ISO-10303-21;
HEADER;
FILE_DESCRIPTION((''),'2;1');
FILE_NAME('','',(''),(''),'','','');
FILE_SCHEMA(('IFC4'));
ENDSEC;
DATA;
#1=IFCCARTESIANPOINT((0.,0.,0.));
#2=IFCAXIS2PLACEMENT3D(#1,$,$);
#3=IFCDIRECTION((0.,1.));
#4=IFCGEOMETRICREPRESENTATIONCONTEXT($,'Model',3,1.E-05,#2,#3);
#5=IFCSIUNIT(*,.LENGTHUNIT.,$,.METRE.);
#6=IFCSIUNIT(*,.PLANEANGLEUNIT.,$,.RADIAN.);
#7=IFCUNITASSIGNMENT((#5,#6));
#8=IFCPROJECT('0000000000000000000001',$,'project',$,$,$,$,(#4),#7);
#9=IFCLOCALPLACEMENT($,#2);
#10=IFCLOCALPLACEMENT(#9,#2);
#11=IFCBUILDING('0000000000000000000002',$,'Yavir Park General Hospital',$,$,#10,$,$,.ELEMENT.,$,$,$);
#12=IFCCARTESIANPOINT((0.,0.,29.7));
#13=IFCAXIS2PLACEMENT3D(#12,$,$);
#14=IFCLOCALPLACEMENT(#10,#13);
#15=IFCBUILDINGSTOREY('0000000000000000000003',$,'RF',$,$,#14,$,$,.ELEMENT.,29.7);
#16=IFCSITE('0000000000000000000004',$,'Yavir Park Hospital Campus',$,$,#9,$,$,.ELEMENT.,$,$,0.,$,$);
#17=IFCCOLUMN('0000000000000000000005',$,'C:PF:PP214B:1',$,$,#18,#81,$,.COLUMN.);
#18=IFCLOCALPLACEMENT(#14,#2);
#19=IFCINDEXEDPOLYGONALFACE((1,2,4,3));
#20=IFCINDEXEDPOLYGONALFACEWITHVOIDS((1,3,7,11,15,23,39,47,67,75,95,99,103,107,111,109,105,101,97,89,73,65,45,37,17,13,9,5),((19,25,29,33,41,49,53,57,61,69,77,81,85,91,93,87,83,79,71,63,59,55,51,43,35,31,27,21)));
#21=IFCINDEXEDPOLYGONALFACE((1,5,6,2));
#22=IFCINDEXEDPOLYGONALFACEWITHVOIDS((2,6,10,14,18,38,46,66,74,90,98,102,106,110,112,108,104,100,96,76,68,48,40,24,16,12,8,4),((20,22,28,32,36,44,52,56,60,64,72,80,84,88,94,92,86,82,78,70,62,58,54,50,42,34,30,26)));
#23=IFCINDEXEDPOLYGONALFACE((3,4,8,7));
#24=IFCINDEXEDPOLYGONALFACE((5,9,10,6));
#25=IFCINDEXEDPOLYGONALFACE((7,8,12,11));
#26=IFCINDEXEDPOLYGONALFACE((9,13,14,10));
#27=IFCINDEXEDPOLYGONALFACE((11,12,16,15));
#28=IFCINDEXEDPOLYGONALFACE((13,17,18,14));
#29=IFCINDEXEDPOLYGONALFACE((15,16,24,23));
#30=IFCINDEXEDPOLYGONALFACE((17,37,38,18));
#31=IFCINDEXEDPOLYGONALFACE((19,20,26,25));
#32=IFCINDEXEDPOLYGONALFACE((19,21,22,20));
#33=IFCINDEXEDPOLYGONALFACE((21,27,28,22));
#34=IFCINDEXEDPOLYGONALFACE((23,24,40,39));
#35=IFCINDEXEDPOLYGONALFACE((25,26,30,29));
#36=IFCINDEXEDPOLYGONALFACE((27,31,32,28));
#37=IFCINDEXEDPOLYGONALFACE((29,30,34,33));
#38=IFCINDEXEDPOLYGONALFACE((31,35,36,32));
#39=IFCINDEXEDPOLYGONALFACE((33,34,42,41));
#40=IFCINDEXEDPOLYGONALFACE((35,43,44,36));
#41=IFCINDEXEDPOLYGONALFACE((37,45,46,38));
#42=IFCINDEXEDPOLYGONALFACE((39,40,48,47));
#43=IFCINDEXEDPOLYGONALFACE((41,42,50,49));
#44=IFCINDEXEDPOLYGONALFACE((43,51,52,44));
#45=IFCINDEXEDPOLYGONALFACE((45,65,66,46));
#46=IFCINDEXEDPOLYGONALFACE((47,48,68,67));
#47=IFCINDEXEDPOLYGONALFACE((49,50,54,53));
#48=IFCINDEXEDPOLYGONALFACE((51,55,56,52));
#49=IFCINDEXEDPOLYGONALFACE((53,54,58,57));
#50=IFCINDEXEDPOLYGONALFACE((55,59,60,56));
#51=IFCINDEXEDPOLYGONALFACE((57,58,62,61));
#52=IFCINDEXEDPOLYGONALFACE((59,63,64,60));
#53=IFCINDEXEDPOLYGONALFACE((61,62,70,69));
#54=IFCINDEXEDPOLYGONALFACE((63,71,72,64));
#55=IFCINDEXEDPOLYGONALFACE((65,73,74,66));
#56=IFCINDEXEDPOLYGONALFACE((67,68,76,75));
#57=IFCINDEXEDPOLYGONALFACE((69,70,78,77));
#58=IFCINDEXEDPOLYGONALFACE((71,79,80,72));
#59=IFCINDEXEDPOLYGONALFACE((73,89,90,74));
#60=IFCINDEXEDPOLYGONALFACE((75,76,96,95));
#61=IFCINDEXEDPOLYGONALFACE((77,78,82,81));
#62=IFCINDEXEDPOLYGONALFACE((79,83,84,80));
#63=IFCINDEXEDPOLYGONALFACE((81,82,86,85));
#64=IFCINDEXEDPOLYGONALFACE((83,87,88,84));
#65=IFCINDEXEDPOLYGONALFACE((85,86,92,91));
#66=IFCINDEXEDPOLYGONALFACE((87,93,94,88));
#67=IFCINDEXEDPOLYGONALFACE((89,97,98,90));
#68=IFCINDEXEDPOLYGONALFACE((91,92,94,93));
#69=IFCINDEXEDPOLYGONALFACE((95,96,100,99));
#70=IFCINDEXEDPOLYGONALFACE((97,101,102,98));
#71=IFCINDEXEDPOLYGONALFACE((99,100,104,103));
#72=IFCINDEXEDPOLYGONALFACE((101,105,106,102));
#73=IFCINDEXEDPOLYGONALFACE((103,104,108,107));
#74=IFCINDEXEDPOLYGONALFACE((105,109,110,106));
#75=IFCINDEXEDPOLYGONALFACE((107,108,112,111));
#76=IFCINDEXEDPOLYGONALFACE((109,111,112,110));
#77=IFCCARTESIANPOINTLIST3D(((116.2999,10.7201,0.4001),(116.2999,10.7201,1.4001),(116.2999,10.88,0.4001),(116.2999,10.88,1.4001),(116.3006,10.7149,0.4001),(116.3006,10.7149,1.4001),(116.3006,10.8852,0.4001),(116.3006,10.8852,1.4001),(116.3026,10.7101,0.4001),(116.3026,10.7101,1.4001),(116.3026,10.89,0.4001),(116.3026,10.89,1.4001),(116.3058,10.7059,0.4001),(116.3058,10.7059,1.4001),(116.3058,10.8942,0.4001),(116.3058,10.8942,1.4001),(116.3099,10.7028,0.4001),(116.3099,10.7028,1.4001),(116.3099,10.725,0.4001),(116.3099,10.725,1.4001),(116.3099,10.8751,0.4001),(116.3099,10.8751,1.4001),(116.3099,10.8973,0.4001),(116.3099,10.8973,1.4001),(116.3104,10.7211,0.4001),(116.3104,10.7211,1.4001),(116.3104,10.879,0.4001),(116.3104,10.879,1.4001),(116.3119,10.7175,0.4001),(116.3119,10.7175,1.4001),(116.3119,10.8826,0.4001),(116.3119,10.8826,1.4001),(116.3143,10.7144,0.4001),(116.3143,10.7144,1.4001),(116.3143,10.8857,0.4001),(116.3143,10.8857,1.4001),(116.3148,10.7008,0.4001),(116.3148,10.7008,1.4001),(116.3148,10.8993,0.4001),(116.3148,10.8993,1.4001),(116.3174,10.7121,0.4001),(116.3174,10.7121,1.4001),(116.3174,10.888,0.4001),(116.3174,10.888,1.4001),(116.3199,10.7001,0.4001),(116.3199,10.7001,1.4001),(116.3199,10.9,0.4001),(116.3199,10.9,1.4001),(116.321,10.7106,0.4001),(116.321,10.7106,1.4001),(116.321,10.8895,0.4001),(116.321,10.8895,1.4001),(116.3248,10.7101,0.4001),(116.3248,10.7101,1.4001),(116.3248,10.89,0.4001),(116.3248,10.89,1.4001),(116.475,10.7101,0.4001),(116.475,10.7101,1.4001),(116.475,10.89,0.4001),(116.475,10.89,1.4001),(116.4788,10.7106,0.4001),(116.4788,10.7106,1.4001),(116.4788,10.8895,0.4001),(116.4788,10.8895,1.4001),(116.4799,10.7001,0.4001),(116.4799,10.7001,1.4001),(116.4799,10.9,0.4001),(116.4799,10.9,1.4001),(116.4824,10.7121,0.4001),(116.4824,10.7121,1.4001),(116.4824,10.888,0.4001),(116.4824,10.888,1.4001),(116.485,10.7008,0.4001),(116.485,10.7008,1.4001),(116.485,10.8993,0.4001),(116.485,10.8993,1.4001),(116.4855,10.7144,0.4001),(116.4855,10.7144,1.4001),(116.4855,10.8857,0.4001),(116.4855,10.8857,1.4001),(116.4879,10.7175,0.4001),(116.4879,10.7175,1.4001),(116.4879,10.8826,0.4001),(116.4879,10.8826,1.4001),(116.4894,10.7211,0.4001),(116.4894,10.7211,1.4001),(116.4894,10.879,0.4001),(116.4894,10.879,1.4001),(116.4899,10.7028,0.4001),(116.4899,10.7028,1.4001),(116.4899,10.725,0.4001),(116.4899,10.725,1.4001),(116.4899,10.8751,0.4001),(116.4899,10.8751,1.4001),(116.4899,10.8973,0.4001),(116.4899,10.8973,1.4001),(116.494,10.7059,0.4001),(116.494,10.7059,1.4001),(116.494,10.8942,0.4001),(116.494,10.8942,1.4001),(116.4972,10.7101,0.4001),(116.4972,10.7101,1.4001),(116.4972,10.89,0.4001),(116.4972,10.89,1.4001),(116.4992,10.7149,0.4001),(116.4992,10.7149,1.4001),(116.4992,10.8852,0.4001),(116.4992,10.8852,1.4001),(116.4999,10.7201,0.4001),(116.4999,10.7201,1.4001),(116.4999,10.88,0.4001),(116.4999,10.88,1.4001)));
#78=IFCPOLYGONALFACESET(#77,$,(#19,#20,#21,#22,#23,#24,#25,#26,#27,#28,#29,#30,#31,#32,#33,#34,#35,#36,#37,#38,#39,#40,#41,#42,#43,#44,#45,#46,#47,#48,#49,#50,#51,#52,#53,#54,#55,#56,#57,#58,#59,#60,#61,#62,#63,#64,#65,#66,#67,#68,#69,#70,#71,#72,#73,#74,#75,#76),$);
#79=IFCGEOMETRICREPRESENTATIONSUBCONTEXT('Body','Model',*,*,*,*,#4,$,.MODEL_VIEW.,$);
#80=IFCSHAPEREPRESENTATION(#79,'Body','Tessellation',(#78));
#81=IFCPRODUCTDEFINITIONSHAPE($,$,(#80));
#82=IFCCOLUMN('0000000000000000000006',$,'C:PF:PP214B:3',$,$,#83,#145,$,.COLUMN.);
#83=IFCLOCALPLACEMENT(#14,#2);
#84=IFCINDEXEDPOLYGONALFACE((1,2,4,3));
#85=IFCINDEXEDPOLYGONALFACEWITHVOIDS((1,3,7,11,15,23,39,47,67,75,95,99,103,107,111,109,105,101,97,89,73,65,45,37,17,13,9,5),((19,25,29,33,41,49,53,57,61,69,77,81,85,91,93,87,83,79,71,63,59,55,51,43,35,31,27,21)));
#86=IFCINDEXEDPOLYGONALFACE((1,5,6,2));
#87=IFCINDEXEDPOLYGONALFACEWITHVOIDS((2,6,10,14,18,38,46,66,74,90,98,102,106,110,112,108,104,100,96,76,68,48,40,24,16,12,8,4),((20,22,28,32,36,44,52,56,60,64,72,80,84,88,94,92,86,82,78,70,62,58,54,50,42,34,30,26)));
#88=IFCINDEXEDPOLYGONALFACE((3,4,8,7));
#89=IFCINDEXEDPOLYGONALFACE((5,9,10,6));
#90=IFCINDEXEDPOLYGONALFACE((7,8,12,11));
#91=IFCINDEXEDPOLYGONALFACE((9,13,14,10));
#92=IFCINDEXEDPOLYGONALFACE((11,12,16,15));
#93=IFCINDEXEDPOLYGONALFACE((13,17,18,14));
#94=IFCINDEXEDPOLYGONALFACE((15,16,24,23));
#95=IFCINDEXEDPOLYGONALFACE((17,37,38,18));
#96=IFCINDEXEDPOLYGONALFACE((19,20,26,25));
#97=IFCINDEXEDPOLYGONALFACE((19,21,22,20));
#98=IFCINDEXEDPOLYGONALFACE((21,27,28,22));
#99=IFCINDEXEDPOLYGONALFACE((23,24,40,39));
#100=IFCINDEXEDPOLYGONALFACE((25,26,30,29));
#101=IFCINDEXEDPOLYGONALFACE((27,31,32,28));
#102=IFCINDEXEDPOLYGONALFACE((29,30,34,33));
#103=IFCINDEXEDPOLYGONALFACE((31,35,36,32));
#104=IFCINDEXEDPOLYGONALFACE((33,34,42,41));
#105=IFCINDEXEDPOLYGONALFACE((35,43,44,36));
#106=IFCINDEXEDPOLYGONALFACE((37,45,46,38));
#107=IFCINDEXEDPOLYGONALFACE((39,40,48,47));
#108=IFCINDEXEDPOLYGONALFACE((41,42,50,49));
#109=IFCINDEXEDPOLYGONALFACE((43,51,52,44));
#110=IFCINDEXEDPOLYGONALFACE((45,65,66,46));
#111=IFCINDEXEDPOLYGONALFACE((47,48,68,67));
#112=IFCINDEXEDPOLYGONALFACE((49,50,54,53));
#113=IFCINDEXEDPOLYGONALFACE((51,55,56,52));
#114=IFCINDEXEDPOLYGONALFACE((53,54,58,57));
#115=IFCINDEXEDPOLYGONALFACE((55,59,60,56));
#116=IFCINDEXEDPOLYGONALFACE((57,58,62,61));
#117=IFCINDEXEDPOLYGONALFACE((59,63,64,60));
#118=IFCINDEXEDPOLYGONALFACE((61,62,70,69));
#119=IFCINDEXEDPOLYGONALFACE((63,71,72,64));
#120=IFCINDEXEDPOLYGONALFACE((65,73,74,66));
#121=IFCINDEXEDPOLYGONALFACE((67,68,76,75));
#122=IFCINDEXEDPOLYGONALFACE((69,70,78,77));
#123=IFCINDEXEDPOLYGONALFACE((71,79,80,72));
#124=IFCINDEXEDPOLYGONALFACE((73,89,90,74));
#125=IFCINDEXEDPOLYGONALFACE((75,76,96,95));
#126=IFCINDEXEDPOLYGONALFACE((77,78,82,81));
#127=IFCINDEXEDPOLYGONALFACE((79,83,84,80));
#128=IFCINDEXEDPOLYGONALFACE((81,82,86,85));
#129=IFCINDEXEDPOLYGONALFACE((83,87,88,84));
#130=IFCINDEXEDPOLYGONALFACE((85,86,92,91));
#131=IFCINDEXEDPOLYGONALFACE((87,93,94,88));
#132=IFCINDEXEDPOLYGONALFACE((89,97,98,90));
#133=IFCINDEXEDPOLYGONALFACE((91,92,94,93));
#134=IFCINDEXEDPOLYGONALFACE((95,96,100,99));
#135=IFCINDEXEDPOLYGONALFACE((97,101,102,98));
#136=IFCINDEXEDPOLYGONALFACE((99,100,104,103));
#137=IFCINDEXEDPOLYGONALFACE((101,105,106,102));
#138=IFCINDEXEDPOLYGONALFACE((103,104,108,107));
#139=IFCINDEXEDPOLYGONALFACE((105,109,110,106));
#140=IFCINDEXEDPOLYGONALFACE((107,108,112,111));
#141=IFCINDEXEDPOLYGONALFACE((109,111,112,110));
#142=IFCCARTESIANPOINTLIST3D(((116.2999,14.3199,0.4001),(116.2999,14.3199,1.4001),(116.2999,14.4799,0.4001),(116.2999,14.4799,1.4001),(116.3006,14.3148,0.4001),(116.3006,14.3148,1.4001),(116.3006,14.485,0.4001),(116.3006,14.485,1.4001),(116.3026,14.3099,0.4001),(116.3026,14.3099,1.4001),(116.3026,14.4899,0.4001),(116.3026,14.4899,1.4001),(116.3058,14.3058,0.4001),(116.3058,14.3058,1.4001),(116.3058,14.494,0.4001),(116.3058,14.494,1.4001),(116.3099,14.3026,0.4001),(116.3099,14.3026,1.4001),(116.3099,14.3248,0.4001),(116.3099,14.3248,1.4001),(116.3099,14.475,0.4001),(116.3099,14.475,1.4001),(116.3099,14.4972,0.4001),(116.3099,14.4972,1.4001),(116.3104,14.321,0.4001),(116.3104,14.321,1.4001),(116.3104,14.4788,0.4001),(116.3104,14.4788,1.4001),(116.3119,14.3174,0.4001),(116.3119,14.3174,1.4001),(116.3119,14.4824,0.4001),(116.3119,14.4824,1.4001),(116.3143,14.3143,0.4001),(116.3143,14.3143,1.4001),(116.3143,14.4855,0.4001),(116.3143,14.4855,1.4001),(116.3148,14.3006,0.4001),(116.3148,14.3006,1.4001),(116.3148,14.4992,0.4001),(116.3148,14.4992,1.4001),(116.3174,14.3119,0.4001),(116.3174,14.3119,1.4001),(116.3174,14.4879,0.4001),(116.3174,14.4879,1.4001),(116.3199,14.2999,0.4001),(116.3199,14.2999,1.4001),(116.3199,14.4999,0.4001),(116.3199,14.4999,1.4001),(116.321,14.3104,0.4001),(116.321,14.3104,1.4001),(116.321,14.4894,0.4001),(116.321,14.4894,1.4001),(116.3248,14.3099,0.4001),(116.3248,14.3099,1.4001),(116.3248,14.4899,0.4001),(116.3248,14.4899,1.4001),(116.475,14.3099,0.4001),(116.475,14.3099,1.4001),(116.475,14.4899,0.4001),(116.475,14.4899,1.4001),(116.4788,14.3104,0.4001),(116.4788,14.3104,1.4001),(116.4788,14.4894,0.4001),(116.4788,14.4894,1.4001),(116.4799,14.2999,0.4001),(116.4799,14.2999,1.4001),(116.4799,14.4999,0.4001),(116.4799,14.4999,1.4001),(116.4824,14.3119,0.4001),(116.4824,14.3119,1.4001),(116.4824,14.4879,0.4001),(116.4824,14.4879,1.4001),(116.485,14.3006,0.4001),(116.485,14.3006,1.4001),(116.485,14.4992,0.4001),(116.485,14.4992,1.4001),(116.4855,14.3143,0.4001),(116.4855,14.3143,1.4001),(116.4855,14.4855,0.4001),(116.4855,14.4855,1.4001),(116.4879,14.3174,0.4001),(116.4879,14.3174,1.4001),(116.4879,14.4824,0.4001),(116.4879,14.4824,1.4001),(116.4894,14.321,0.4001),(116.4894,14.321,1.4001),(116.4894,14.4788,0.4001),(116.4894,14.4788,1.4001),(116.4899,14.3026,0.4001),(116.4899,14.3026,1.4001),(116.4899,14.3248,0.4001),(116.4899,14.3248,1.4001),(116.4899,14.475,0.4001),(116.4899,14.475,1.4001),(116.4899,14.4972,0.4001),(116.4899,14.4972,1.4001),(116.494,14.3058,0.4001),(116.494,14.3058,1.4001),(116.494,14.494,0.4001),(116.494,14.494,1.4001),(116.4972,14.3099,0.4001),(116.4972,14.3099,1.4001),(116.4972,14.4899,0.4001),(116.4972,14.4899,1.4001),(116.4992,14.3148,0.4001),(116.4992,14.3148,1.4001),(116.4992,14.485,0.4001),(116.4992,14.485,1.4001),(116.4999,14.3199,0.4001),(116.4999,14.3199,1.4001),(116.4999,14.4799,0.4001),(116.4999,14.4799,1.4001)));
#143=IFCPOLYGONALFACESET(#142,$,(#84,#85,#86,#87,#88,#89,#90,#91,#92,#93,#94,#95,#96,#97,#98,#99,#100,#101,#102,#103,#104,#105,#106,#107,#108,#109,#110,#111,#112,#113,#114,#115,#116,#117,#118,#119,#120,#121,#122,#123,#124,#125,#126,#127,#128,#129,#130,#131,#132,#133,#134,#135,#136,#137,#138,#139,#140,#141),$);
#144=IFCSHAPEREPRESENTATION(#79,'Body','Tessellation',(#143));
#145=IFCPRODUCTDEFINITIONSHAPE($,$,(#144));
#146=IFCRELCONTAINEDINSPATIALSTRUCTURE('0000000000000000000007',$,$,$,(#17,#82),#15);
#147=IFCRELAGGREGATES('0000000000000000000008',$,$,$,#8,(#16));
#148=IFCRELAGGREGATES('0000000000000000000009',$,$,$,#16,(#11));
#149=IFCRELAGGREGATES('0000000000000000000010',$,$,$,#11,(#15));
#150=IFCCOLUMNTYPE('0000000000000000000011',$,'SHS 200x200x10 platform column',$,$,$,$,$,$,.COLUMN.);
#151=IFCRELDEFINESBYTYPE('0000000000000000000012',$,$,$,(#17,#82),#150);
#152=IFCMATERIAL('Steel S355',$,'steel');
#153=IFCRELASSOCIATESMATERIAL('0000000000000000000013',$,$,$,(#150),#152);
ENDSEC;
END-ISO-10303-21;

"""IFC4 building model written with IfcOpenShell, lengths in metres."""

from ifc_helpers import new_model, si_unit, direction, frame, origin, origin_2d, place, context, subcontext, project, spatial, hollow_rectangle, extrude, material, material_profile, profile_set, type_object, element, save


model = new_model("IFC4")

# Units and contexts
model_context = context("Model", 3, precision=1e-05, world=origin(), true_north=direction((0.0, 1.0)))
body_context = subcontext(model_context, "Body", "Model", "MODEL_VIEW")
ifc_project = project(units=[si_unit("LENGTHUNIT", "METRE"), si_unit("PLANEANGLEUNIT", "RADIAN")], contexts=[model_context])

# Site, building, storey
site_placement = place(None, origin())
site = spatial("IfcSite", under=ifc_project, at=site_placement, Name="Yavir Park Hospital Campus", CompositionType="ELEMENT", RefElevation=0.0)
building_placement = place(site_placement, origin())
building = spatial("IfcBuilding", under=site, at=building_placement, Name="Yavir Park General Hospital", CompositionType="ELEMENT")
storey_placement = place(building_placement, frame((0.0, 0.0, 29.7)))
storey = spatial("IfcBuildingStorey", under=building, at=storey_placement, Name="RF", CompositionType="ELEMENT", Elevation=29.7)

# Columns
ifc_material_1 = material(Name="Steel S355", Category="steel")
ifc_material_profile_1 = material_profile(ifc_material_1, hollow_rectangle(XDim=0.2, YDim=0.2, WallThickness=0.01, InnerFilletRadius=0.0149, OuterFilletRadius=0.02, at=origin_2d()), Name="SHS200x200x10")
ifc_profile_set_1 = profile_set([ifc_material_profile_1], Name="Steel S355")
column_type_1 = type_object("IfcColumnType", Name="SHS 200x200x10 platform column", PredefinedType="COLUMN", material=ifc_profile_set_1)
for number, where, z_axis, x_axis, name in (
    (1, (116.3999, 10.8, 0.4001), (0.0, 0.0, 1.0), (1.0, 0.0, 0.0), "C:PF:PP214B:1"),
    (2, (116.3999, 14.3999, 0.4001), (0.0, 0.0, 1.0), (1.0, 0.0, 0.0), "C:PF:PP214B:3"),
):
    element("IfcColumn", number, at=place(storey_placement, frame(where, z_axis=z_axis, x_axis=x_axis)), inside=storey, type_object=column_type_1, Name=name, PredefinedType="COLUMN", context=body_context, shape_type="SweptSolid", body=[
        extrude(hollow_rectangle(XDim=0.2, YDim=0.2, WallThickness=0.01, InnerFilletRadius=0.0149, OuterFilletRadius=0.02, at=origin_2d()), origin(), (0.0, 0.0, 1.0), 1.0),
    ])

save(model, "model.ifc")
